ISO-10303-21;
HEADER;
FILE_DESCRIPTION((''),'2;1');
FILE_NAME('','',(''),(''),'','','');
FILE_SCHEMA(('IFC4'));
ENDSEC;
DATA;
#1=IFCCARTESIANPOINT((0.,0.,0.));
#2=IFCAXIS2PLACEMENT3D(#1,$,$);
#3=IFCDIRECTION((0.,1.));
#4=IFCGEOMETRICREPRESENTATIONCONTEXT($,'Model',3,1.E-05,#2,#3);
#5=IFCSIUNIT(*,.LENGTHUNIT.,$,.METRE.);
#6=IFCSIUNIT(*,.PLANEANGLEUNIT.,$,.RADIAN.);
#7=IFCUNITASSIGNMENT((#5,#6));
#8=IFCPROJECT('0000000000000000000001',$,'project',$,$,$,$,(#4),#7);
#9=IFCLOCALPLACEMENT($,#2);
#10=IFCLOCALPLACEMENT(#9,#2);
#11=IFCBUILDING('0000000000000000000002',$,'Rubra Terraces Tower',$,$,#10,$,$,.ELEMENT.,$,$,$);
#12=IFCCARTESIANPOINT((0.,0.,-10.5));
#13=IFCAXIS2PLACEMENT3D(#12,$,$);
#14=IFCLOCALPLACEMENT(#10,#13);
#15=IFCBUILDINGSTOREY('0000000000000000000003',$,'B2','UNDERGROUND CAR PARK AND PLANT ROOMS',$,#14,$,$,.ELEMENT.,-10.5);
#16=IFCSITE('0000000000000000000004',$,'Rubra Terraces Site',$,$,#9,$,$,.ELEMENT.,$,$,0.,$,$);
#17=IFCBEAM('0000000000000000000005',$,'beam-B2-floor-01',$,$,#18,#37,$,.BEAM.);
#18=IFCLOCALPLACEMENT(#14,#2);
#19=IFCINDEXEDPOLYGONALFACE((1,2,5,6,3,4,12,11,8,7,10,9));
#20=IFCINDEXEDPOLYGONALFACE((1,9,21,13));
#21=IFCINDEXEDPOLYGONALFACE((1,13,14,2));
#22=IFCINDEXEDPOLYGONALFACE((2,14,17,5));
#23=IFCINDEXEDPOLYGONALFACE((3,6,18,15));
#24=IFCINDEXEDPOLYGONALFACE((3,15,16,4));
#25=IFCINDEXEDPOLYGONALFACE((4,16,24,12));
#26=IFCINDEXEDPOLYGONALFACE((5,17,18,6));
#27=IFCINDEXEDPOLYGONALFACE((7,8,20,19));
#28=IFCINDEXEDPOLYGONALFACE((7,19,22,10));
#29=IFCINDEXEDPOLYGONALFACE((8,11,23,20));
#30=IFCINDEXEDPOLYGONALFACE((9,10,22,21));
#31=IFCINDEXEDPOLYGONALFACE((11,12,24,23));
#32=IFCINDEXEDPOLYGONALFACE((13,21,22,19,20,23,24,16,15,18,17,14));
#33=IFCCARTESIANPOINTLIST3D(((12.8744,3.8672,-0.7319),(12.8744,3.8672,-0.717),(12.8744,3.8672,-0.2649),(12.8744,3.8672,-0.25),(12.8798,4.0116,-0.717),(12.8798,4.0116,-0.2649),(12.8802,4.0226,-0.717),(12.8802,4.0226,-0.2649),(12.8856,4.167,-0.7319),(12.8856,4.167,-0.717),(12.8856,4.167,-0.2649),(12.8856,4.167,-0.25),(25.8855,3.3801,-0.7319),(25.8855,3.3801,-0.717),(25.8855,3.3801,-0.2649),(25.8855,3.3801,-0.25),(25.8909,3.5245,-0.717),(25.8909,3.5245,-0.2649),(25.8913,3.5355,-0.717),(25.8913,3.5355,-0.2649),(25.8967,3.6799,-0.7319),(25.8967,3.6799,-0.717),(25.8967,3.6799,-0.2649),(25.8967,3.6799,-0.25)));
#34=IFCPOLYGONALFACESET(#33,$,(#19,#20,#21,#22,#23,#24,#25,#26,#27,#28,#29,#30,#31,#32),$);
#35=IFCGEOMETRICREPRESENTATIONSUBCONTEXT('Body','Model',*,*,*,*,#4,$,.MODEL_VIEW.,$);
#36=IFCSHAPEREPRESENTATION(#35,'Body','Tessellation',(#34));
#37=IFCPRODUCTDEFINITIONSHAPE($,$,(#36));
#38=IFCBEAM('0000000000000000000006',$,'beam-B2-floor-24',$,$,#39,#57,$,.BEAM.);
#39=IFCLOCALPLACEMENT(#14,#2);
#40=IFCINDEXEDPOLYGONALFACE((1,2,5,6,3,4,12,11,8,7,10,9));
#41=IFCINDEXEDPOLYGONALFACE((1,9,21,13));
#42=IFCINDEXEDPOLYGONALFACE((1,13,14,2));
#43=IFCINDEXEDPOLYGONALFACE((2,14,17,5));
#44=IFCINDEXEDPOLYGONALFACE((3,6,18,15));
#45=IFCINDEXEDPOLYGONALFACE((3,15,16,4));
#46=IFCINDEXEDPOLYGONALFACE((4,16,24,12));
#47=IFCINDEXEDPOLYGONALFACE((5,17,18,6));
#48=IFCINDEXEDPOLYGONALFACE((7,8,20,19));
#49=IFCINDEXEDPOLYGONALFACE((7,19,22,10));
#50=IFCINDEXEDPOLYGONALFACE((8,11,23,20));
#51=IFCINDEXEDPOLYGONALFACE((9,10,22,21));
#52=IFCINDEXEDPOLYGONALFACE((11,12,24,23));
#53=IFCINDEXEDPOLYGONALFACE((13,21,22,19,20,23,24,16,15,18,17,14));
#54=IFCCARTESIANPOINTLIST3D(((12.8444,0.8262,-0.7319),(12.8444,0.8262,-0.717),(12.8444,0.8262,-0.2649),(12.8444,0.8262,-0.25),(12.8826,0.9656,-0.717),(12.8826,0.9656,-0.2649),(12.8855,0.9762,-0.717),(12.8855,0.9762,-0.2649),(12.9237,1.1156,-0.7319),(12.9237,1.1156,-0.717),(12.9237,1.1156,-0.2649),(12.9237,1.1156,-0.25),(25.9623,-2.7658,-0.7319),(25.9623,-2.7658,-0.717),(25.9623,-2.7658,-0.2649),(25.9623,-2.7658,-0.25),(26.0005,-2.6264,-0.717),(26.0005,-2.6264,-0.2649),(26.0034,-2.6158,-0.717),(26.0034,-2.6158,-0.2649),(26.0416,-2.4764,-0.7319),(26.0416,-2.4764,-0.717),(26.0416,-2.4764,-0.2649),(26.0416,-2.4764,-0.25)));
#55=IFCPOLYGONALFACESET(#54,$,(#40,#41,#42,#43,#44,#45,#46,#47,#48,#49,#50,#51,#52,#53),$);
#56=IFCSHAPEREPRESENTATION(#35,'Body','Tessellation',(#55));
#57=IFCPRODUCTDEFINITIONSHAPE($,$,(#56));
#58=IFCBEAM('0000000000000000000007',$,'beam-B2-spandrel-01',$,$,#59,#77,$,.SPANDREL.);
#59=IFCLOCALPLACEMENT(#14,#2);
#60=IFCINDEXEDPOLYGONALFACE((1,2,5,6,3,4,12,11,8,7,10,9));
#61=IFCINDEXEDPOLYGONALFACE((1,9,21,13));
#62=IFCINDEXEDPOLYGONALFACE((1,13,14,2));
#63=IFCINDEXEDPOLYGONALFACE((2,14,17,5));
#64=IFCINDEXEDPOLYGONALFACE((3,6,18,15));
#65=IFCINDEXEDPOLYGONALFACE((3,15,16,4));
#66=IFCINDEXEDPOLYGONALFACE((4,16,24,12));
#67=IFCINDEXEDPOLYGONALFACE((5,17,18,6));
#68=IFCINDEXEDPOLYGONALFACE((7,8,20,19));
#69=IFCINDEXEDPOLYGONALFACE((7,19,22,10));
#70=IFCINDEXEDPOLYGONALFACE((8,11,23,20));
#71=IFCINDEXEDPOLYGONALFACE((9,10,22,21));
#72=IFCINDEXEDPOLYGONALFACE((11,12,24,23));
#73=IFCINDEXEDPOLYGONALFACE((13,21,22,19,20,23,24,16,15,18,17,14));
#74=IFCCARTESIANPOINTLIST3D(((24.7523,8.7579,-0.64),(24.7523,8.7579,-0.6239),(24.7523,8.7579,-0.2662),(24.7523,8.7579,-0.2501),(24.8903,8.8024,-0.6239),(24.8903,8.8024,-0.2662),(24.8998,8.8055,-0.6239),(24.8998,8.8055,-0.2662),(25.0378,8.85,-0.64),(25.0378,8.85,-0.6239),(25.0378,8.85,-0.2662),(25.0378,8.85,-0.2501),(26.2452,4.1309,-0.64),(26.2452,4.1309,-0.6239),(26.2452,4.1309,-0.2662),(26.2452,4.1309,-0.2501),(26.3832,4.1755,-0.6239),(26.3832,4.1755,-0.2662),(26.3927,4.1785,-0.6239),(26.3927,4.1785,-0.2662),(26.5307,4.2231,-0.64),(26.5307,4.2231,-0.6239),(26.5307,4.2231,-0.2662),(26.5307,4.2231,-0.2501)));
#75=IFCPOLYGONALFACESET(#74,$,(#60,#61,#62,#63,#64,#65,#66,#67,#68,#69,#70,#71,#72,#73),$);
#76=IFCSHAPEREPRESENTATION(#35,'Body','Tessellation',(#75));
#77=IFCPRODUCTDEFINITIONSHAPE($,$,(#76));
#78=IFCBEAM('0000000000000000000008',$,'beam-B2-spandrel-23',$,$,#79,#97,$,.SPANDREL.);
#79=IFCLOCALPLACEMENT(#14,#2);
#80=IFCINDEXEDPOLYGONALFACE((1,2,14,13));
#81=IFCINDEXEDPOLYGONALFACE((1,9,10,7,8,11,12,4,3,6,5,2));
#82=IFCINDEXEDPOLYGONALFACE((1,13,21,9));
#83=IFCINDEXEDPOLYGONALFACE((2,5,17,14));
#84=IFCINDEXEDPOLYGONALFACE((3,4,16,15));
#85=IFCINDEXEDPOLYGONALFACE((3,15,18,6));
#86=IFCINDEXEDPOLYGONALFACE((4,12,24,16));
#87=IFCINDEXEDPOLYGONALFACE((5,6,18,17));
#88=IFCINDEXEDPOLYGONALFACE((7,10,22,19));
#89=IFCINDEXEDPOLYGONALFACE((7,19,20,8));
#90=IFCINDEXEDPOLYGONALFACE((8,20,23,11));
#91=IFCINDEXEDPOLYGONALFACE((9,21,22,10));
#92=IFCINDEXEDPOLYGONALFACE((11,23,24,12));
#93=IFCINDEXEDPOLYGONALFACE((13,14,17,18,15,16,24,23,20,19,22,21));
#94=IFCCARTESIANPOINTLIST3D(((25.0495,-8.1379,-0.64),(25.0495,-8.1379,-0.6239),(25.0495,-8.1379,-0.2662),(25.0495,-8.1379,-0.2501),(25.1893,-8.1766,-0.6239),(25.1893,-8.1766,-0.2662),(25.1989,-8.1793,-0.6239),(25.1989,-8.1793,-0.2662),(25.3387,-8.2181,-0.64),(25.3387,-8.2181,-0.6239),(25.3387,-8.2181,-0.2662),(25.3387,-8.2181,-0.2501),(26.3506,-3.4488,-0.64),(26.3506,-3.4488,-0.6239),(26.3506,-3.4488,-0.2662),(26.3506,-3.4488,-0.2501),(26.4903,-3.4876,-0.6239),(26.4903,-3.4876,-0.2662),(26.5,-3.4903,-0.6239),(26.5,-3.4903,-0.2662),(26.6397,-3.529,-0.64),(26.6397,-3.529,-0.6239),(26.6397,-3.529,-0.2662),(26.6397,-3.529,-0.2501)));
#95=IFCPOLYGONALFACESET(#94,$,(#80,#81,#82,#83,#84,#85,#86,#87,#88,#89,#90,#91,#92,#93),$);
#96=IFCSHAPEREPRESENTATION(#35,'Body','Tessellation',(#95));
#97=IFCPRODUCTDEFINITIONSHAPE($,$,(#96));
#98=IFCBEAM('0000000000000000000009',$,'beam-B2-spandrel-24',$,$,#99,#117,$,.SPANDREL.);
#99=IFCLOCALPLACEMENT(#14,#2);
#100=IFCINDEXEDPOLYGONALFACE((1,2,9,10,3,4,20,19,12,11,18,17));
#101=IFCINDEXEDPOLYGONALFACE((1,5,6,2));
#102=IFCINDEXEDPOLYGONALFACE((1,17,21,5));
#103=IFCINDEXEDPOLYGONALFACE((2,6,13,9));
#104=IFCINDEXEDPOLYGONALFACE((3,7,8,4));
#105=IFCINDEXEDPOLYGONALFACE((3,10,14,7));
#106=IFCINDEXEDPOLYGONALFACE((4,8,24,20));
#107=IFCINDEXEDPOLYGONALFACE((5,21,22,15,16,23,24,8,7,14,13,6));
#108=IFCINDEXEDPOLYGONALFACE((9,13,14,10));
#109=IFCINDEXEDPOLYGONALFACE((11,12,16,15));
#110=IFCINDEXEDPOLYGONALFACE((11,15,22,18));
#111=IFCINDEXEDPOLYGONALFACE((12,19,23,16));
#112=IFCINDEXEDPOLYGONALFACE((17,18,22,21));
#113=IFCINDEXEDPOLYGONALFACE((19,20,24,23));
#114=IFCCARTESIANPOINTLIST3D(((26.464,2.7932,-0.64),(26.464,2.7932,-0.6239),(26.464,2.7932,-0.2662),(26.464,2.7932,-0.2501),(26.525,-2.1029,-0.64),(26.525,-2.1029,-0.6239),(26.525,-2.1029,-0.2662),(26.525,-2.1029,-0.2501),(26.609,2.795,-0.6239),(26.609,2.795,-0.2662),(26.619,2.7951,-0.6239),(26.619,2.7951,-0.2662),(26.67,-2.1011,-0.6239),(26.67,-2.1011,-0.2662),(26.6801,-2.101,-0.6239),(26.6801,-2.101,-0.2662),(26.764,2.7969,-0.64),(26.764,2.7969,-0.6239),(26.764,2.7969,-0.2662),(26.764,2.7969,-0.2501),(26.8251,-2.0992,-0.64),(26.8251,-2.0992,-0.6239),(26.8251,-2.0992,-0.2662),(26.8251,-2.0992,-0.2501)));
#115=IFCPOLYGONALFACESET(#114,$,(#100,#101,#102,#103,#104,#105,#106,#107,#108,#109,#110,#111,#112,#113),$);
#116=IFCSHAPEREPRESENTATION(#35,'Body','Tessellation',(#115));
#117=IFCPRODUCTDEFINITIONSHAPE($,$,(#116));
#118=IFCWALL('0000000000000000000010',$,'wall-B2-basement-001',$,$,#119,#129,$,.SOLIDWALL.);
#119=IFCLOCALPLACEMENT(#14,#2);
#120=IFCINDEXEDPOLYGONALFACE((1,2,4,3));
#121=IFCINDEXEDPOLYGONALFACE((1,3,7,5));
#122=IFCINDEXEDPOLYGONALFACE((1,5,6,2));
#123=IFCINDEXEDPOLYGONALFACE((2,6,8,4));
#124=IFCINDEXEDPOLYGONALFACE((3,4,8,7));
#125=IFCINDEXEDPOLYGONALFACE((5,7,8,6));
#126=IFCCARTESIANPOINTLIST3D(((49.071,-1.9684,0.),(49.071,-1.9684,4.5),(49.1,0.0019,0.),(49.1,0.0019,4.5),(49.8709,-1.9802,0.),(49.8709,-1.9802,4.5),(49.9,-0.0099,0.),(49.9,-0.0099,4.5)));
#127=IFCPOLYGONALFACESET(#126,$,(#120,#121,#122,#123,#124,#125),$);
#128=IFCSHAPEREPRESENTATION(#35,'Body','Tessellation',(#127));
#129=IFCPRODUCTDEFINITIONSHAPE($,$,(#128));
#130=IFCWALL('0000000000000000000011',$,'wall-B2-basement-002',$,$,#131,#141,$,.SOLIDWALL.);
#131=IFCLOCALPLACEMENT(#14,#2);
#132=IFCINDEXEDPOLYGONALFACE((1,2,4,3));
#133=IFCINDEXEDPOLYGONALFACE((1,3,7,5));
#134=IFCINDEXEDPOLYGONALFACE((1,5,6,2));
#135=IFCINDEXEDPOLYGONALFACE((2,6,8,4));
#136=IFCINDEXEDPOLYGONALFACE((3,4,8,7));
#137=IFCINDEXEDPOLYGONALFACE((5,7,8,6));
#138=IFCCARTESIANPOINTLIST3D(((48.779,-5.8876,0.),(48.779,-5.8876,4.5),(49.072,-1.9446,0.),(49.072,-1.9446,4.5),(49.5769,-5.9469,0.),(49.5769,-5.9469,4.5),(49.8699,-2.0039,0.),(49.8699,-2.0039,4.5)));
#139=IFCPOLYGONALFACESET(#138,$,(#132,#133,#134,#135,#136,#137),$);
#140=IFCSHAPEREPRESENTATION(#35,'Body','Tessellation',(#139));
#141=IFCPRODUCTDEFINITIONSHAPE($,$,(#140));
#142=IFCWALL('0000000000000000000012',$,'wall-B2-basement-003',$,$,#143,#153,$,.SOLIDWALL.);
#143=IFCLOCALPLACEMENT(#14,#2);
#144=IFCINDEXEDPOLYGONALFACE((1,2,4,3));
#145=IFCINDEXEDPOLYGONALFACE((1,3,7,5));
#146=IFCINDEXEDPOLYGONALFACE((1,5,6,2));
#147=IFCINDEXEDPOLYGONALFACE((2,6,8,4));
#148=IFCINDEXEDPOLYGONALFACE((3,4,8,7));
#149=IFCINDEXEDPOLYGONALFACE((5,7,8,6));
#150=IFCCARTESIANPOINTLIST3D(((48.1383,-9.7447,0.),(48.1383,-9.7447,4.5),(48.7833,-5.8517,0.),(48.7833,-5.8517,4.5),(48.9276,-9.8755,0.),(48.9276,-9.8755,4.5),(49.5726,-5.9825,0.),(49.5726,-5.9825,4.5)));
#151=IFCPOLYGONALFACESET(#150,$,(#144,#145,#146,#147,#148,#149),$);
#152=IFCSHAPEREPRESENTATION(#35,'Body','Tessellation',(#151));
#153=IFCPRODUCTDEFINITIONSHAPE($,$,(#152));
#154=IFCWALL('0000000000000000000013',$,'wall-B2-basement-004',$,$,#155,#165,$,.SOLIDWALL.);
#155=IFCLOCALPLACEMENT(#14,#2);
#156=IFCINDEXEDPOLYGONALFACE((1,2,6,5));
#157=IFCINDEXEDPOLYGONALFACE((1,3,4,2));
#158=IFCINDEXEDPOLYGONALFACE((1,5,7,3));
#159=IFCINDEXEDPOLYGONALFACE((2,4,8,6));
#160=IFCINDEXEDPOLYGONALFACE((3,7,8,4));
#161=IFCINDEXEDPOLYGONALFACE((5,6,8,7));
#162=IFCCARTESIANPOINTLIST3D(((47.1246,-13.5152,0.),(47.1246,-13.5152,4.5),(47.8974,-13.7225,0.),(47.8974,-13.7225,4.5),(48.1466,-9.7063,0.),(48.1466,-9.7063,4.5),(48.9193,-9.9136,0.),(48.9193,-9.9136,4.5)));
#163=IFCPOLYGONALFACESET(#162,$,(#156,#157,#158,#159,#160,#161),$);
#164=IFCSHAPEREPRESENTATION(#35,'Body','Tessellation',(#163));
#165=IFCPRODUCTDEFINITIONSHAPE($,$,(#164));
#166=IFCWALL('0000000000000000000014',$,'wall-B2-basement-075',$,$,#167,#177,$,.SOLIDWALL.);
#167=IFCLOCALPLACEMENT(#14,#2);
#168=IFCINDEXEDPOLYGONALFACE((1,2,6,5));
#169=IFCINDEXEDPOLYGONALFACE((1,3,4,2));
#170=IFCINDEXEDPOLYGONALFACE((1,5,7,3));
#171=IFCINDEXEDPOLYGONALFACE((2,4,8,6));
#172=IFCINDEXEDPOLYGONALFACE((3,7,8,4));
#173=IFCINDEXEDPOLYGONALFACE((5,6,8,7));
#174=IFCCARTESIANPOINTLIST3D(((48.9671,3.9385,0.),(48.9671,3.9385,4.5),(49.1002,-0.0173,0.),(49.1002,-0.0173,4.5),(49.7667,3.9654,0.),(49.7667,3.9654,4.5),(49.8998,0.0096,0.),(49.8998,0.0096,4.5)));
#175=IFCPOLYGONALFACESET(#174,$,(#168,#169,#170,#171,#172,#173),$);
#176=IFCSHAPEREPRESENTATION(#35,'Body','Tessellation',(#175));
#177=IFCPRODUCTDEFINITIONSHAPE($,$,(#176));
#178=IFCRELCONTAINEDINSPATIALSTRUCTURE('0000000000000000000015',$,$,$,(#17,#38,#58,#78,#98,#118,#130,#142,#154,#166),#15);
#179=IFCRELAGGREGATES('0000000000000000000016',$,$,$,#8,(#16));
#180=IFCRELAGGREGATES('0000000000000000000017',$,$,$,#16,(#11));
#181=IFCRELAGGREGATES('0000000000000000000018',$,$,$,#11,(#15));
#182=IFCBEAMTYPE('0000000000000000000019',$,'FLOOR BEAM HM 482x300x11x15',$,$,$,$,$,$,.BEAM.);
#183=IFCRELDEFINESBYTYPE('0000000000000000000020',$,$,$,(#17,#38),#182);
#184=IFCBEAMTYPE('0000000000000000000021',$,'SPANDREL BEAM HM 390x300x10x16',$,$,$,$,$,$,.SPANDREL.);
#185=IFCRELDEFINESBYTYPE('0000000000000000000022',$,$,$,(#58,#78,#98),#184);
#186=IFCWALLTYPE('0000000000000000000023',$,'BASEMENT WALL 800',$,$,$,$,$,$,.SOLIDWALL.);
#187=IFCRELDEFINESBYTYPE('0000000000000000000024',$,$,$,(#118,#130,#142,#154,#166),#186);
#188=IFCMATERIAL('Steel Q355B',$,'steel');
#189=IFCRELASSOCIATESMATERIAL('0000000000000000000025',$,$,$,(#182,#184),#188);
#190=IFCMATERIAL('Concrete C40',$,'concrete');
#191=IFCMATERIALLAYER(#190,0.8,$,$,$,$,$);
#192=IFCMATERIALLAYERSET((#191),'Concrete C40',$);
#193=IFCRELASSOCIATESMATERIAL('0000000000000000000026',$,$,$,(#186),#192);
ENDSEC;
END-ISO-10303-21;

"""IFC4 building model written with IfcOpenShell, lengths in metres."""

from ifc_helpers import new_model, si_unit, direction, frame, frame_2d, origin, origin_2d, place, context, subcontext, project, spatial, rectangle, i_section, extrude, material, layer, layer_set, material_profile, profile_set, type_object, element, save


model = new_model("IFC4")

# Units and contexts
model_context = context("Model", 3, precision=1e-05, world=origin(), true_north=direction((0.0, 1.0)))
body_context = subcontext(model_context, "Body", "Model", "MODEL_VIEW")
ifc_project = project(units=[si_unit("LENGTHUNIT", "METRE"), si_unit("PLANEANGLEUNIT", "RADIAN")], contexts=[model_context])

# Site, building, storey
site_placement = place(None, origin())
site = spatial("IfcSite", under=ifc_project, at=site_placement, Name="Rubra Terraces Site", CompositionType="ELEMENT", RefElevation=0.0)
building_placement = place(site_placement, origin())
building = spatial("IfcBuilding", under=site, at=building_placement, Name="Rubra Terraces Tower", CompositionType="ELEMENT")
storey_placement = place(building_placement, frame((0.0, 0.0, -10.5)))
storey = spatial("IfcBuildingStorey", under=building, at=storey_placement, Name="B2", Description="UNDERGROUND CAR PARK AND PLANT ROOMS", CompositionType="ELEMENT", Elevation=-10.5)

# Beams
ifc_material_1 = material(Name="Steel Q355B", Category="steel")
ifc_material_profile_1 = material_profile(ifc_material_1, i_section(OverallWidth=0.3, OverallDepth=0.4819, WebThickness=0.011, FlangeThickness=0.0149, at=origin_2d()), Name="HM 482x300x11x15")
ifc_profile_set_1 = profile_set([ifc_material_profile_1], Name="Steel Q355B")
beam_type_1 = type_object("IfcBeamType", Name="FLOOR BEAM HM 482x300x11x15", PredefinedType="BEAM", material=ifc_profile_set_1)
beam_1_placement = place(storey_placement, frame((25.8911, 3.53, -0.491), z_axis=(-0.9993, 0.037408, 0.0), x_axis=(-0.037408, -0.9993, 0.0)))
element("IfcBeam", 1, at=beam_1_placement, inside=storey, type_object=beam_type_1, Name="beam-B2-floor-01", PredefinedType="BEAM", context=body_context, shape_type="SweptSolid", body=[
    extrude(i_section(OverallWidth=0.3, OverallDepth=0.4819, WebThickness=0.011, FlangeThickness=0.0149, at=origin_2d()), origin(), (0.0, 0.0, 1.0), 13.0203),
])
beam_2_placement = place(storey_placement, frame((26.002, -2.6211, -0.491), z_axis=(-0.964494, 0.264105, 0.0), x_axis=(-0.264105, -0.964494, 0.0)))
element("IfcBeam", 2, at=beam_2_placement, inside=storey, type_object=beam_type_1, Name="beam-B2-floor-24", PredefinedType="BEAM", context=body_context, shape_type="SweptSolid", body=[
    extrude(i_section(OverallWidth=0.3, OverallDepth=0.4819, WebThickness=0.011, FlangeThickness=0.0149, at=origin_2d()), origin(), (0.0, 0.0, 1.0), 13.6008),
])
ifc_material_profile_2 = material_profile(ifc_material_1, i_section(OverallWidth=0.3, OverallDepth=0.3899, WebThickness=0.01, FlangeThickness=0.0161, at=origin_2d()), Name="HM 390x300x10x16")
ifc_profile_set_2 = profile_set([ifc_material_profile_2], Name="Steel Q355B")
beam_type_2 = type_object("IfcBeamType", Name="SPANDREL BEAM HM 390x300x10x16", PredefinedType="SPANDREL", material=ifc_profile_set_2)
beam_3_placement = place(storey_placement, frame((26.3879, 4.177, -0.4451), z_axis=(-0.307069, 0.951687, 0.0), x_axis=(-0.951687, -0.307069, 0.0)))
element("IfcBeam", 3, at=beam_3_placement, inside=storey, type_object=beam_type_2, Name="beam-B2-spandrel-01", PredefinedType="SPANDREL", context=body_context, shape_type="SweptSolid", body=[
    extrude(i_section(OverallWidth=0.3, OverallDepth=0.3899, WebThickness=0.01, FlangeThickness=0.0161, at=origin_2d()), origin(), (0.0, 0.0, 1.0), 4.8618),
])
beam_4_placement = place(storey_placement, frame((25.1941, -8.178, -0.4451), z_axis=(0.267364, 0.963595, 0.0), x_axis=(-0.963595, 0.267364, 0.0)))
element("IfcBeam", 4, at=beam_4_placement, inside=storey, type_object=beam_type_2, Name="beam-B2-spandrel-23", PredefinedType="SPANDREL", context=body_context, shape_type="SweptSolid", body=[
    extrude(i_section(OverallWidth=0.3, OverallDepth=0.3899, WebThickness=0.01, FlangeThickness=0.0161, at=origin_2d()), origin(), (0.0, 0.0, 1.0), 4.8662),
])
beam_5_placement = place(storey_placement, frame((26.675, -2.1011, -0.4451), z_axis=(-0.012465, 0.999922, 0.0), x_axis=(-0.999922, -0.012465, 0.0)))
element("IfcBeam", 5, at=beam_5_placement, inside=storey, type_object=beam_type_2, Name="beam-B2-spandrel-24", PredefinedType="SPANDREL", context=body_context, shape_type="SweptSolid", body=[
    extrude(i_section(OverallWidth=0.3, OverallDepth=0.3899, WebThickness=0.01, FlangeThickness=0.0161, at=origin_2d()), origin(), (0.0, 0.0, 1.0), 4.8965),
])

# Walls
ifc_material_2 = material(Name="Concrete C40", Category="concrete")
ifc_layer = layer(ifc_material_2, 0.8)
ifc_layer_set = layer_set([ifc_layer], Name="Concrete C40")
wall_type = type_object("IfcWallType", Name="BASEMENT WALL 800", PredefinedType="SOLIDWALL", material=ifc_layer_set)
wall_1_placement = place(storey_placement, frame((49.5, -0.0039, 0.0), z_axis=(0.0, 0.0, 1.0), x_axis=(-0.014744, -0.999891, 0.0)))
element("IfcWall", 6, at=wall_1_placement, inside=storey, type_object=wall_type, Name="wall-B2-basement-001", PredefinedType="SOLIDWALL", context=body_context, shape_type="SweptSolid", body=[
    extrude(rectangle(XDim=1.9705, YDim=0.8, at=frame_2d((0.9854, 0.0))), origin(), (0.0, 0.0, 1.0), 4.5),
])
wall_2_placement = place(storey_placement, frame((49.4709, -1.9741, 0.0), z_axis=(0.0, 0.0, 1.0), x_axis=(-0.074099, -0.997251, 0.0)))
element("IfcWall", 7, at=wall_2_placement, inside=storey, type_object=wall_type, Name="wall-B2-basement-002", PredefinedType="SOLIDWALL", context=body_context, shape_type="SweptSolid", body=[
    extrude(rectangle(XDim=3.9539, YDim=0.8, at=frame_2d((1.9771, 0.0))), origin(), (0.0, 0.0, 1.0), 4.5),
])
wall_3_placement = place(storey_placement, frame((49.178, -5.917, 0.0), z_axis=(0.0, 0.0, 1.0), x_axis=(-0.163456, -0.986551, 0.0)))
element("IfcWall", 8, at=wall_3_placement, inside=storey, type_object=wall_type, Name="wall-B2-basement-003", PredefinedType="SOLIDWALL", context=body_context, shape_type="SweptSolid", body=[
    extrude(rectangle(XDim=3.946, YDim=0.8, at=frame_2d((1.9731, 0.0))), origin(), (0.0, 0.0, 1.0), 4.5),
])
wall_4_placement = place(storey_placement, frame((48.533, -9.8101, 0.0), z_axis=(0.0, 0.0, 1.0), x_axis=(-0.25915, -0.965837, 0.0)))
element("IfcWall", 9, at=wall_4_placement, inside=storey, type_object=wall_type, Name="wall-B2-basement-004", PredefinedType="SOLIDWALL", context=body_context, shape_type="SweptSolid", body=[
    extrude(rectangle(XDim=3.9436, YDim=0.8, at=frame_2d((1.9717, 0.0))), origin(), (0.0, 0.0, 1.0), 4.5),
])
wall_5_placement = place(storey_placement, frame((49.3669, 3.9519, 0.0), z_axis=(0.0, 0.0, 1.0), x_axis=(0.033617, -0.999435, 0.0)))
element("IfcWall", 10, at=wall_5_placement, inside=storey, type_object=wall_type, Name="wall-B2-basement-075", PredefinedType="SOLIDWALL", context=body_context, shape_type="SweptSolid", body=[
    extrude(rectangle(XDim=3.958, YDim=0.8, at=frame_2d((1.979, 0.0))), origin(), (0.0, 0.0, 1.0), 4.5),
])

save(model, "model.ifc")
